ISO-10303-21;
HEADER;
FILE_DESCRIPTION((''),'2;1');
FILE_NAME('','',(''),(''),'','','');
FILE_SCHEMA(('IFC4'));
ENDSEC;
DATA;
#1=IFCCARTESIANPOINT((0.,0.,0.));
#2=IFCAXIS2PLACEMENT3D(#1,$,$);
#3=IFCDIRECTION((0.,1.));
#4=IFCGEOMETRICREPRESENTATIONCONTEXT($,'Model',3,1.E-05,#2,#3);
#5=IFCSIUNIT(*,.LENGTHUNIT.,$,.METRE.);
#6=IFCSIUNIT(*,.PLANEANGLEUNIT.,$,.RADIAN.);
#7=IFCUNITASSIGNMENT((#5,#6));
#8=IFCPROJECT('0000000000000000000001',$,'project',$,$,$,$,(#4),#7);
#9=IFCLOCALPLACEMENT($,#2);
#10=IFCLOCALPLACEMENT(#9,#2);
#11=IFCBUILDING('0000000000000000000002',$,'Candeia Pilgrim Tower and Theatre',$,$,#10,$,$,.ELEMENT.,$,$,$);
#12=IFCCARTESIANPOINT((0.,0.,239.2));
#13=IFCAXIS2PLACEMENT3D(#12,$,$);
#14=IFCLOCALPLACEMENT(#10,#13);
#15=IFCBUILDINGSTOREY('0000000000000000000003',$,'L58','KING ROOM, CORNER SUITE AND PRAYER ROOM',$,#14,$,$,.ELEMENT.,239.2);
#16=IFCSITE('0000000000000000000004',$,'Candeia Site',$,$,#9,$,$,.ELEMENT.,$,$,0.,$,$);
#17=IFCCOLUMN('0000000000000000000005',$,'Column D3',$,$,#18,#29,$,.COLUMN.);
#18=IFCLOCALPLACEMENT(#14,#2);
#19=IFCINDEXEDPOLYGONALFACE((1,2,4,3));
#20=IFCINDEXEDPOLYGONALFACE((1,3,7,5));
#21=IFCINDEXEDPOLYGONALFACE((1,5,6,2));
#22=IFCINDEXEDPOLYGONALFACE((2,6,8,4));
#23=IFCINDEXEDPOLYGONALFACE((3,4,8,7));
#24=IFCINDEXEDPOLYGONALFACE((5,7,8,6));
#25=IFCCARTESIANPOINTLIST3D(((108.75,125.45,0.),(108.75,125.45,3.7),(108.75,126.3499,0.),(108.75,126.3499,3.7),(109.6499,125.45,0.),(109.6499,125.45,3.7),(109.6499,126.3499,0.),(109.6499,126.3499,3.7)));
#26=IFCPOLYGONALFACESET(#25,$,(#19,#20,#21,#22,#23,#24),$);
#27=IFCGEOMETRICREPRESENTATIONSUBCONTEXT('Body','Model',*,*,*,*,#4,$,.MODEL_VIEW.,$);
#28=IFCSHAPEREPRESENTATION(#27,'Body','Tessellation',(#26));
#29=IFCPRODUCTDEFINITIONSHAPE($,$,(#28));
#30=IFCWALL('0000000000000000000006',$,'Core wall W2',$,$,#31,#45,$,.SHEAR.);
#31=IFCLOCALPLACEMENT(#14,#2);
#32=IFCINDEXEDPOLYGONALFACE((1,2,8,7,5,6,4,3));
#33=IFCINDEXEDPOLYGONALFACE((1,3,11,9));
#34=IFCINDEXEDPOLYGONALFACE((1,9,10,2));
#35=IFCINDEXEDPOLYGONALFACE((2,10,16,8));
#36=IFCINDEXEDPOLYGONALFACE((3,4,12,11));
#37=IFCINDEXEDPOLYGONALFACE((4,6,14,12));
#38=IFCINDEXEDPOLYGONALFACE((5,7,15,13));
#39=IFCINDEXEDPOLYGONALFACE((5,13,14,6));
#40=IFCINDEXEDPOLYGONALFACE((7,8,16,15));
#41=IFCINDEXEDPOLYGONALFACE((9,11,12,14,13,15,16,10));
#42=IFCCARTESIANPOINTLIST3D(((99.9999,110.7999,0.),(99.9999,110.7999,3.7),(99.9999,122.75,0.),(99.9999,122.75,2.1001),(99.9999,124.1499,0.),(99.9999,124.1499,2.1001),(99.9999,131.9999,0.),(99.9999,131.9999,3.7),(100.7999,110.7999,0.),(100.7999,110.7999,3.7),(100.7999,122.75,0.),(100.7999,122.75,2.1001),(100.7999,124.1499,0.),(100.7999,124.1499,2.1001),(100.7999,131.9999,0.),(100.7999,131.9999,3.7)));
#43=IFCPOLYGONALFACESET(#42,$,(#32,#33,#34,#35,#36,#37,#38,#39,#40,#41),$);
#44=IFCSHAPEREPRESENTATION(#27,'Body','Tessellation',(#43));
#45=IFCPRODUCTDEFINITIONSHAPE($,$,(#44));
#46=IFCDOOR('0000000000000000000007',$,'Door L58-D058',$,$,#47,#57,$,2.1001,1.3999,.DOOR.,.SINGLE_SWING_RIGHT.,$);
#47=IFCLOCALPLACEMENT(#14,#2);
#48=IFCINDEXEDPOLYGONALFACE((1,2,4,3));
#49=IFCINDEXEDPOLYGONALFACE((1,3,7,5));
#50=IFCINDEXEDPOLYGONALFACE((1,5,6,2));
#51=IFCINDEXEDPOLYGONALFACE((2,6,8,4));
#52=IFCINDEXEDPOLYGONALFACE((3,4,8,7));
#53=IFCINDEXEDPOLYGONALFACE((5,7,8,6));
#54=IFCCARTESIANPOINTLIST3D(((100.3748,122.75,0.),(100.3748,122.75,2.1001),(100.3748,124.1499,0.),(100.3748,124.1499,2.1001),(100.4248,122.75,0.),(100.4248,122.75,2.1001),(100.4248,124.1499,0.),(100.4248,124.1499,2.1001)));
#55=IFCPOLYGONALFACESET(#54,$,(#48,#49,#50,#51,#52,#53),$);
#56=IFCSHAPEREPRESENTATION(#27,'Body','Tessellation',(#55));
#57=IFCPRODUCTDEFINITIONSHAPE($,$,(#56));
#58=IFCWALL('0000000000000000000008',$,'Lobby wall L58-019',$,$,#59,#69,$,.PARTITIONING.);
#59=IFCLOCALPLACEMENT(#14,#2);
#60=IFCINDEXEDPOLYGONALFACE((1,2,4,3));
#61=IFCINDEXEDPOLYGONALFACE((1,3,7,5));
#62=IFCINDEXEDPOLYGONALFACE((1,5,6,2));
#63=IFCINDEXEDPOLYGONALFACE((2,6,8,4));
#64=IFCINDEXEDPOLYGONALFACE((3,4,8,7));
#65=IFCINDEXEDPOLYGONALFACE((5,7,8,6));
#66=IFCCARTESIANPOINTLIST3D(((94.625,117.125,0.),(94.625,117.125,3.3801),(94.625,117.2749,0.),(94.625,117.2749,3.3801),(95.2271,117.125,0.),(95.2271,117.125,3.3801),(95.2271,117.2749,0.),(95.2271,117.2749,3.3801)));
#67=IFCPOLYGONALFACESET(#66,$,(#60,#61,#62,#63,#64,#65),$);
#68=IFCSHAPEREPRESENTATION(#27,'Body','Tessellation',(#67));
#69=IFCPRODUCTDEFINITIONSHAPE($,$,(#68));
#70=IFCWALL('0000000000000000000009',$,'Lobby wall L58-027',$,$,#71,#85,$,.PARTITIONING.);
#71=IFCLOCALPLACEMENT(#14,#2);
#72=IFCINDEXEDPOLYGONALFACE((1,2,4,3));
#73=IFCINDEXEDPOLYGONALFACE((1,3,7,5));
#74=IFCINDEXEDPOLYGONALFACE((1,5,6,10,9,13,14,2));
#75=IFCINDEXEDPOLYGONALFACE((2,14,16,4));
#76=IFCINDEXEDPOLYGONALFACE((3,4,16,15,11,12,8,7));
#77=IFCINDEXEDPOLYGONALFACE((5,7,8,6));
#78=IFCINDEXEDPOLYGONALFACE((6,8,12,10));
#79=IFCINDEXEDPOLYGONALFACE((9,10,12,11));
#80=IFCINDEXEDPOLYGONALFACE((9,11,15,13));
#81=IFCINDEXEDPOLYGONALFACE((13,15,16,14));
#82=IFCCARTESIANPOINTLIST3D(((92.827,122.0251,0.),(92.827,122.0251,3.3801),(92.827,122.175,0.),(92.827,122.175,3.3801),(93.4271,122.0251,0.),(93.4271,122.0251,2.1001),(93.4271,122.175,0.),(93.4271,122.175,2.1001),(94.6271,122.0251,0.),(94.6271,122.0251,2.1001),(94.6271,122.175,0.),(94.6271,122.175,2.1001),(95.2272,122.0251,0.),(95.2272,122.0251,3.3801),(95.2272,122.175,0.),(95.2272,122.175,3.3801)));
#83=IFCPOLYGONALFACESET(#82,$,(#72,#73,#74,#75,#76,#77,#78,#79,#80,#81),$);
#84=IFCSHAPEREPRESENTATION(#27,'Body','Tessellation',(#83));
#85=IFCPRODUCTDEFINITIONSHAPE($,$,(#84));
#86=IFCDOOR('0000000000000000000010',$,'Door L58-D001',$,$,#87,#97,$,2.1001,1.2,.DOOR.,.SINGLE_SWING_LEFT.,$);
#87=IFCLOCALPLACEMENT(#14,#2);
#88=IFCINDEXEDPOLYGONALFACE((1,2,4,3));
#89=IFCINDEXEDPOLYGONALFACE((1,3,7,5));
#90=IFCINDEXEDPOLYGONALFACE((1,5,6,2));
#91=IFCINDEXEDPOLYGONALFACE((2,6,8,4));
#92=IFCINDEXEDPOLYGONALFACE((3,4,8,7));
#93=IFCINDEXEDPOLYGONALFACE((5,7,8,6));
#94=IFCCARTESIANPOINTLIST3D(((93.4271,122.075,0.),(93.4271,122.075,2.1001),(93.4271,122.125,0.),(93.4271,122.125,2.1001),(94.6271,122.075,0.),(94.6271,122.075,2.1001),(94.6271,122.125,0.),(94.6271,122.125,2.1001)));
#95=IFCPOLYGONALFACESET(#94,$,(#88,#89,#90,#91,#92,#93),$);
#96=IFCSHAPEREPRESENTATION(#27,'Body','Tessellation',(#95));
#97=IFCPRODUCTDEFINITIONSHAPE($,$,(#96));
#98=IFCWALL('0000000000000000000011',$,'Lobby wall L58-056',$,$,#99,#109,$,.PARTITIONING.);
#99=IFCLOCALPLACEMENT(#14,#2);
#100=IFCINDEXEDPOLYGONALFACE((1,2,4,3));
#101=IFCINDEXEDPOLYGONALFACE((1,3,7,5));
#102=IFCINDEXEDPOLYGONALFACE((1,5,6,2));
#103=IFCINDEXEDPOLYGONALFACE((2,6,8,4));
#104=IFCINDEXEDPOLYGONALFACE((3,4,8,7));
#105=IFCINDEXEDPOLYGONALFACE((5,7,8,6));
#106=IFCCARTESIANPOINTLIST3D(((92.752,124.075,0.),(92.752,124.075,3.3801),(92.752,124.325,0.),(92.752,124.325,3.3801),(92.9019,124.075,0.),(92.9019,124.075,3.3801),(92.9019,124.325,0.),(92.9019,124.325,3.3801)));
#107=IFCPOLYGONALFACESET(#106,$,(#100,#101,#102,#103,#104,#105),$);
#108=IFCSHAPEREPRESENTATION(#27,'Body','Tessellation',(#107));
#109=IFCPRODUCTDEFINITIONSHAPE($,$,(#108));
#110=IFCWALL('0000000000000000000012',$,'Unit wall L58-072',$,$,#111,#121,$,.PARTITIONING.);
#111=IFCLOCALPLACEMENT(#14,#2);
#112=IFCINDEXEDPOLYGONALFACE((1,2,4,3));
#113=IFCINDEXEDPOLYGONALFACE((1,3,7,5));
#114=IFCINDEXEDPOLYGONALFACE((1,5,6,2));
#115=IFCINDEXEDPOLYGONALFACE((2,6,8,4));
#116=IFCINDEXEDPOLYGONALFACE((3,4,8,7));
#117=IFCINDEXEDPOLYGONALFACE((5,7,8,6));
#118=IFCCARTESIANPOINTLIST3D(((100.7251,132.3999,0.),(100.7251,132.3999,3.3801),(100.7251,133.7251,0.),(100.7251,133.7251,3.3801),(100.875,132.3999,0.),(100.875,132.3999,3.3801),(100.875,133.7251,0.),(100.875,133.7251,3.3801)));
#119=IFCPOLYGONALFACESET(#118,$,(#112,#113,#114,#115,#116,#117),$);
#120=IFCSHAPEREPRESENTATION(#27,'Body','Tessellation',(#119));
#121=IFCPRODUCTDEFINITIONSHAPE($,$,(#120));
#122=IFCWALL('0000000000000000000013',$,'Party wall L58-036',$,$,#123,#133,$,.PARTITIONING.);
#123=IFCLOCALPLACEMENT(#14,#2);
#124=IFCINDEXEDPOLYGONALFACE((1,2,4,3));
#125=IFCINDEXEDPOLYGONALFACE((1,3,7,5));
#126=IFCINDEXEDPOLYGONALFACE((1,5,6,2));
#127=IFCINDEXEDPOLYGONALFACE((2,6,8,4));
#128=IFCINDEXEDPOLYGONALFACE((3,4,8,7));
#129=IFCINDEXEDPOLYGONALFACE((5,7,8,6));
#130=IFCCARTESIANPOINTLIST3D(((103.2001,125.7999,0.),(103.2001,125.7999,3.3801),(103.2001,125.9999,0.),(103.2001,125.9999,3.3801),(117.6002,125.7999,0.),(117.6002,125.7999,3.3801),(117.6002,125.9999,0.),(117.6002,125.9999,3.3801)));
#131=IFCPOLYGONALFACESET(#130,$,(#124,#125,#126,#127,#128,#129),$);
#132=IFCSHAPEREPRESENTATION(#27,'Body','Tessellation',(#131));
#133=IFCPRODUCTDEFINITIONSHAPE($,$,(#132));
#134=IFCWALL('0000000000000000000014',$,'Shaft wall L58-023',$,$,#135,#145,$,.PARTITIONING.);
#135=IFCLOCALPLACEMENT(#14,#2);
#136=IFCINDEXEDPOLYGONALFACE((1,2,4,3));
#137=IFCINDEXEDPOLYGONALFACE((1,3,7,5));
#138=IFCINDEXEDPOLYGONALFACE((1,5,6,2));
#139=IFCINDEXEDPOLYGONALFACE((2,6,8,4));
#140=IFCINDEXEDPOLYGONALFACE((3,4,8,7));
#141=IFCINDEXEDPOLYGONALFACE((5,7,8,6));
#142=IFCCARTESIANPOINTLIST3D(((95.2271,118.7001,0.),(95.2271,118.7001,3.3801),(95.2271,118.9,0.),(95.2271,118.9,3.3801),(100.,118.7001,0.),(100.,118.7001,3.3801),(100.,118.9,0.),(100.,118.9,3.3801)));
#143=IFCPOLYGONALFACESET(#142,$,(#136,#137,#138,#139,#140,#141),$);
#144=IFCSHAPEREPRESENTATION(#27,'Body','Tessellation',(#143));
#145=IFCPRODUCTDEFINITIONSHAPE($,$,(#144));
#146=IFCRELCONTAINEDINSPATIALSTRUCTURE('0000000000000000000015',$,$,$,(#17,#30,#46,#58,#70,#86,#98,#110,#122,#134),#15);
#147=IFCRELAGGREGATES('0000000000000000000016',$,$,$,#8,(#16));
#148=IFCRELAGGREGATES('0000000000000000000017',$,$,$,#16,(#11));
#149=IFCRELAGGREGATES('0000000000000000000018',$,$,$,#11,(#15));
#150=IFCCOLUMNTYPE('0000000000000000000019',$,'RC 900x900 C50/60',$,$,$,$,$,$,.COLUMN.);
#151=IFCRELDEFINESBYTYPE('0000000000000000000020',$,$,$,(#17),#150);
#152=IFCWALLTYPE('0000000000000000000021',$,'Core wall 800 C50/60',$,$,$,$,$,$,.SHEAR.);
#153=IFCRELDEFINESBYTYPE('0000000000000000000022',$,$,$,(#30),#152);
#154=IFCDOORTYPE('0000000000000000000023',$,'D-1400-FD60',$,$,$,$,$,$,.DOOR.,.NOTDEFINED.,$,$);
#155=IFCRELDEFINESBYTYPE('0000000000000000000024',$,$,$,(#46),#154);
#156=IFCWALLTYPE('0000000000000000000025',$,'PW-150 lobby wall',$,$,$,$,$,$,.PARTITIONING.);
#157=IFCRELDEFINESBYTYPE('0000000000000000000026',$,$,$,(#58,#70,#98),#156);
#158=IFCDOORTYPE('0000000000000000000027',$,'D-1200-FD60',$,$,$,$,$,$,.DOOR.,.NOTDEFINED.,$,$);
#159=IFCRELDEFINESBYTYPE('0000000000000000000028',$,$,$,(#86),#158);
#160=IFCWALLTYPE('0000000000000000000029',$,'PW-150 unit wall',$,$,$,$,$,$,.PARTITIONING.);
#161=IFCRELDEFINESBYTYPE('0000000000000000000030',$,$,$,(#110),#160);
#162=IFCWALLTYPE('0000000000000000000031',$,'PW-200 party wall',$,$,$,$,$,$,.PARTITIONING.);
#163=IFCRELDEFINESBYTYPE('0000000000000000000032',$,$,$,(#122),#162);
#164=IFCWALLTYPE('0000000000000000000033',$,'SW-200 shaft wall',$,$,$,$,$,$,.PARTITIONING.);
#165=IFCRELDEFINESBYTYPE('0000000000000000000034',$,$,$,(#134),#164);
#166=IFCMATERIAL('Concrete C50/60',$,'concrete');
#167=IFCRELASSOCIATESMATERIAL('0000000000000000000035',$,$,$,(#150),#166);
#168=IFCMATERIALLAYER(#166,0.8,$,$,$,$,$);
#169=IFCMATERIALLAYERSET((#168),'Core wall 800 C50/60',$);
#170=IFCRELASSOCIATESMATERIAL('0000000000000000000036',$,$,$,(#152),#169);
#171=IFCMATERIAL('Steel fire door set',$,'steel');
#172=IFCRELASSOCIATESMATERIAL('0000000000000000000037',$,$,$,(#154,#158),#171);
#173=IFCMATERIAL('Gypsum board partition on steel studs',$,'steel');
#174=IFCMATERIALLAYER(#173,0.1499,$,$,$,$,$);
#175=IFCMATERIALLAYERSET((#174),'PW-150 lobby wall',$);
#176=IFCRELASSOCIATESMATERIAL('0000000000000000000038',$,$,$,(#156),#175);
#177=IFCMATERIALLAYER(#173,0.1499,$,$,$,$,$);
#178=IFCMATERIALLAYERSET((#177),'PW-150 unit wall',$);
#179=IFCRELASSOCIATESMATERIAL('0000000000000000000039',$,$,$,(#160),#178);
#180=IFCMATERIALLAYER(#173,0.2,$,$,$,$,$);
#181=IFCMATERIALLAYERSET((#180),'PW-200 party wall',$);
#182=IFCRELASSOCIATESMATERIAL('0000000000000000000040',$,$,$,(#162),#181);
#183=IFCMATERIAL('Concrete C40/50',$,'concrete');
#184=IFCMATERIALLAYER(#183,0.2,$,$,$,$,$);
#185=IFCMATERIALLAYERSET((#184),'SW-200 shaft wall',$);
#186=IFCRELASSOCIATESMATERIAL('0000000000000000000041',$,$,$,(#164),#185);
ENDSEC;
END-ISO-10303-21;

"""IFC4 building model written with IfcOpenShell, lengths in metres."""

from ifc_helpers import new_model, si_unit, direction, frame, frame_2d, origin, origin_2d, place, context, subcontext, project, spatial, rectangle, extrude, material, layer, layer_set, material_profile, profile_set, type_object, element, fill, save


model = new_model("IFC4")

# Units and contexts
model_context = context("Model", 3, precision=1e-05, world=origin(), true_north=direction((0.0, 1.0)))
body_context = subcontext(model_context, "Body", "Model", "MODEL_VIEW")
ifc_project = project(units=[si_unit("LENGTHUNIT", "METRE"), si_unit("PLANEANGLEUNIT", "RADIAN")], contexts=[model_context])

# Site, building, storey
site_placement = place(None, origin())
site = spatial("IfcSite", under=ifc_project, at=site_placement, Name="Candeia Site", CompositionType="ELEMENT", RefElevation=0.0)
building_placement = place(site_placement, origin())
building = spatial("IfcBuilding", under=site, at=building_placement, Name="Candeia Pilgrim Tower and Theatre", CompositionType="ELEMENT")
storey_placement = place(building_placement, frame((0.0, 0.0, 239.2)))
storey = spatial("IfcBuildingStorey", under=building, at=storey_placement, Name="L58", Description="KING ROOM, CORNER SUITE AND PRAYER ROOM", CompositionType="ELEMENT", Elevation=239.2)

# Column
ifc_material_1 = material(Name="Concrete C50/60", Category="concrete")
ifc_material_profile = material_profile(ifc_material_1, rectangle(XDim=0.8999, YDim=0.8999, at=origin_2d()))
ifc_profile_set = profile_set([ifc_material_profile], Name="Concrete C50/60")
column_type = type_object("IfcColumnType", Name="RC 900x900 C50/60", PredefinedType="COLUMN", material=ifc_profile_set)
column_placement = place(storey_placement, frame((109.2, 125.8999, 0.0), z_axis=(0.0, 0.0, 1.0), x_axis=(1.0, 0.0, 0.0)))
element("IfcColumn", 1, at=column_placement, inside=storey, type_object=column_type, Name="Column D3", PredefinedType="COLUMN", context=body_context, shape_type="SweptSolid", body=[
    extrude(rectangle(XDim=0.8999, YDim=0.8999, at=origin_2d()), origin(), (0.0, 0.0, 1.0), 3.7),
])

# Wall, opening, door
ifc_layer_1 = layer(ifc_material_1, 0.8)
ifc_layer_set_1 = layer_set([ifc_layer_1], Name="Core wall 800 C50/60")
wall_type_1 = type_object("IfcWallType", Name="Core wall 800 C50/60", PredefinedType="SHEAR", material=ifc_layer_set_1)
wall_1_placement = place(storey_placement, frame((100.3999, 132.0, 0.0), z_axis=(0.0, 0.0, 1.0), x_axis=(0.0, -1.0, 0.0)))
wall_1 = element("IfcWall", 2, at=wall_1_placement, inside=storey, type_object=wall_type_1, Name="Core wall W2", PredefinedType="SHEAR", context=body_context, shape_type="SweptSolid", body=[
    extrude(rectangle(XDim=21.2, YDim=0.8, at=frame_2d((10.6001, 0.0))), origin(), (0.0, 0.0, 1.0), 3.7),
])
opening_1_placement = place(wall_1_placement, frame((7.8501, 0.0, 0.0)))
opening_1 = element("IfcOpeningElement", 3, at=opening_1_placement, cuts=wall_1, PredefinedType="OPENING", context=body_context, shape_type="SweptSolid", body=[
    extrude(rectangle(XDim=1.3999, YDim=2.1001, at=frame_2d((0.7, 1.05))), frame((0.0, 0.4102, 0.0), z_axis=(0.0, -1.0, 0.0), x_axis=(1.0, 0.0, 0.0)), (0.0, 0.0, 1.0), 0.8201),
])
ifc_material_2 = material(Name="Steel fire door set", Category="steel")
door_type_1 = type_object("IfcDoorType", Name="D-1400-FD60", OperationType="NOTDEFINED", PredefinedType="DOOR", material=ifc_material_2)
door_1_placement = place(opening_1_placement, origin())
door_1 = element("IfcDoor", 4, at=door_1_placement, inside=storey, type_object=door_type_1, Name="Door L58-D058", OperationType="SINGLE_SWING_RIGHT", OverallHeight=2.1001, OverallWidth=1.3999, PredefinedType="DOOR", context=body_context, shape_type="SweptSolid", body=[
    extrude(rectangle(XDim=1.3999, YDim=2.1001, at=frame_2d((0.7, 1.05))), frame((0.0, 0.0249, 0.0), z_axis=(0.0, -1.0, 0.0), x_axis=(1.0, 0.0, 0.0)), (0.0, 0.0, 1.0), 0.05),
])
fill(opening_1, door_1)

# Wall
ifc_material_3 = material(Name="Gypsum board partition on steel studs", Category="steel")
ifc_layer_2 = layer(ifc_material_3, 0.1499)
ifc_layer_set_2 = layer_set([ifc_layer_2], Name="PW-150 lobby wall")
wall_type_2 = type_object("IfcWallType", Name="PW-150 lobby wall", PredefinedType="PARTITIONING", material=ifc_layer_set_2)
wall_2_placement = place(storey_placement, frame((94.625, 117.2, 0.0), z_axis=(0.0, 0.0, 1.0), x_axis=(1.0, 0.0, 0.0)))
element("IfcWall", 5, at=wall_2_placement, inside=storey, type_object=wall_type_2, Name="Lobby wall L58-019", PredefinedType="PARTITIONING", context=body_context, shape_type="SweptSolid", body=[
    extrude(rectangle(XDim=0.6021, YDim=0.1499, at=frame_2d((0.301, 0.0))), origin(), (0.0, 0.0, 1.0), 3.3801),
])

# Wall, opening, door
wall_3_placement = place(storey_placement, frame((92.8269, 122.1001, 0.0), z_axis=(0.0, 0.0, 1.0), x_axis=(1.0, 0.0, 0.0)))
wall_3 = element("IfcWall", 6, at=wall_3_placement, inside=storey, type_object=wall_type_2, Name="Lobby wall L58-027", PredefinedType="PARTITIONING", context=body_context, shape_type="SweptSolid", body=[
    extrude(rectangle(XDim=2.4001, YDim=0.1499, at=frame_2d((1.2002, 0.0))), origin(), (0.0, 0.0, 1.0), 3.3801),
])
opening_2_placement = place(wall_3_placement, frame((0.6001, 0.0, 0.0)))
opening_2 = element("IfcOpeningElement", 7, at=opening_2_placement, cuts=wall_3, PredefinedType="OPENING", context=body_context, shape_type="SweptSolid", body=[
    extrude(rectangle(XDim=1.2, YDim=2.1001, at=frame_2d((0.6001, 1.05))), frame((0.0, 0.085, 0.0), z_axis=(0.0, -1.0, 0.0), x_axis=(1.0, 0.0, 0.0)), (0.0, 0.0, 1.0), 0.1699),
])
door_type_2 = type_object("IfcDoorType", Name="D-1200-FD60", OperationType="NOTDEFINED", PredefinedType="DOOR", material=ifc_material_2)
door_2_placement = place(opening_2_placement, origin())
door_2 = element("IfcDoor", 8, at=door_2_placement, inside=storey, type_object=door_type_2, Name="Door L58-D001", OperationType="SINGLE_SWING_LEFT", OverallHeight=2.1001, OverallWidth=1.2, PredefinedType="DOOR", context=body_context, shape_type="SweptSolid", body=[
    extrude(rectangle(XDim=1.2, YDim=2.1001, at=frame_2d((0.6001, 1.05))), frame((0.0, 0.0249, 0.0), z_axis=(0.0, -1.0, 0.0), x_axis=(1.0, 0.0, 0.0)), (0.0, 0.0, 1.0), 0.05),
])
fill(opening_2, door_2)

# Walls
wall_4_placement = place(storey_placement, frame((92.8269, 124.075, 0.0), z_axis=(0.0, 0.0, 1.0), x_axis=(0.0, 1.0, 0.0)))
element("IfcWall", 9, at=wall_4_placement, inside=storey, type_object=wall_type_2, Name="Lobby wall L58-056", PredefinedType="PARTITIONING", context=body_context, shape_type="SweptSolid", body=[
    extrude(rectangle(XDim=0.25, YDim=0.1499, at=frame_2d((0.125, 0.0))), origin(), (0.0, 0.0, 1.0), 3.3801),
])
ifc_layer_3 = layer(ifc_material_3, 0.1499)
ifc_layer_set_3 = layer_set([ifc_layer_3], Name="PW-150 unit wall")
wall_type_3 = type_object("IfcWallType", Name="PW-150 unit wall", PredefinedType="PARTITIONING", material=ifc_layer_set_3)
wall_5_placement = place(storey_placement, frame((100.8, 132.3999, 0.0), z_axis=(0.0, 0.0, 1.0), x_axis=(0.0, 1.0, 0.0)))
element("IfcWall", 10, at=wall_5_placement, inside=storey, type_object=wall_type_3, Name="Unit wall L58-072", PredefinedType="PARTITIONING", context=body_context, shape_type="SweptSolid", body=[
    extrude(rectangle(XDim=1.3252, YDim=0.1499, at=frame_2d((0.6626, 0.0))), origin(), (0.0, 0.0, 1.0), 3.3801),
])
ifc_layer_4 = layer(ifc_material_3, 0.2)
ifc_layer_set_4 = layer_set([ifc_layer_4], Name="PW-200 party wall")
wall_type_4 = type_object("IfcWallType", Name="PW-200 party wall", PredefinedType="PARTITIONING", material=ifc_layer_set_4)
wall_6_placement = place(storey_placement, frame((103.2, 125.8999, 0.0), z_axis=(0.0, 0.0, 1.0), x_axis=(1.0, 0.0, 0.0)))
element("IfcWall", 11, at=wall_6_placement, inside=storey, type_object=wall_type_4, Name="Party wall L58-036", PredefinedType="PARTITIONING", context=body_context, shape_type="SweptSolid", body=[
    extrude(rectangle(XDim=14.4001, YDim=0.2, at=frame_2d((7.2002, 0.0))), origin(), (0.0, 0.0, 1.0), 3.3801),
])
ifc_material_4 = material(Name="Concrete C40/50", Category="concrete")
ifc_layer_5 = layer(ifc_material_4, 0.2)
ifc_layer_set_5 = layer_set([ifc_layer_5], Name="SW-200 shaft wall")
wall_type_5 = type_object("IfcWallType", Name="SW-200 shaft wall", PredefinedType="PARTITIONING", material=ifc_layer_set_5)
wall_7_placement = place(storey_placement, frame((95.2271, 118.8, 0.0), z_axis=(0.0, 0.0, 1.0), x_axis=(1.0, 0.0, 0.0)))
element("IfcWall", 12, at=wall_7_placement, inside=storey, type_object=wall_type_5, Name="Shaft wall L58-023", PredefinedType="PARTITIONING", context=body_context, shape_type="SweptSolid", body=[
    extrude(rectangle(XDim=4.7729, YDim=0.2, at=frame_2d((2.3865, 0.0))), origin(), (0.0, 0.0, 1.0), 3.3801),
])

save(model, "model.ifc")
